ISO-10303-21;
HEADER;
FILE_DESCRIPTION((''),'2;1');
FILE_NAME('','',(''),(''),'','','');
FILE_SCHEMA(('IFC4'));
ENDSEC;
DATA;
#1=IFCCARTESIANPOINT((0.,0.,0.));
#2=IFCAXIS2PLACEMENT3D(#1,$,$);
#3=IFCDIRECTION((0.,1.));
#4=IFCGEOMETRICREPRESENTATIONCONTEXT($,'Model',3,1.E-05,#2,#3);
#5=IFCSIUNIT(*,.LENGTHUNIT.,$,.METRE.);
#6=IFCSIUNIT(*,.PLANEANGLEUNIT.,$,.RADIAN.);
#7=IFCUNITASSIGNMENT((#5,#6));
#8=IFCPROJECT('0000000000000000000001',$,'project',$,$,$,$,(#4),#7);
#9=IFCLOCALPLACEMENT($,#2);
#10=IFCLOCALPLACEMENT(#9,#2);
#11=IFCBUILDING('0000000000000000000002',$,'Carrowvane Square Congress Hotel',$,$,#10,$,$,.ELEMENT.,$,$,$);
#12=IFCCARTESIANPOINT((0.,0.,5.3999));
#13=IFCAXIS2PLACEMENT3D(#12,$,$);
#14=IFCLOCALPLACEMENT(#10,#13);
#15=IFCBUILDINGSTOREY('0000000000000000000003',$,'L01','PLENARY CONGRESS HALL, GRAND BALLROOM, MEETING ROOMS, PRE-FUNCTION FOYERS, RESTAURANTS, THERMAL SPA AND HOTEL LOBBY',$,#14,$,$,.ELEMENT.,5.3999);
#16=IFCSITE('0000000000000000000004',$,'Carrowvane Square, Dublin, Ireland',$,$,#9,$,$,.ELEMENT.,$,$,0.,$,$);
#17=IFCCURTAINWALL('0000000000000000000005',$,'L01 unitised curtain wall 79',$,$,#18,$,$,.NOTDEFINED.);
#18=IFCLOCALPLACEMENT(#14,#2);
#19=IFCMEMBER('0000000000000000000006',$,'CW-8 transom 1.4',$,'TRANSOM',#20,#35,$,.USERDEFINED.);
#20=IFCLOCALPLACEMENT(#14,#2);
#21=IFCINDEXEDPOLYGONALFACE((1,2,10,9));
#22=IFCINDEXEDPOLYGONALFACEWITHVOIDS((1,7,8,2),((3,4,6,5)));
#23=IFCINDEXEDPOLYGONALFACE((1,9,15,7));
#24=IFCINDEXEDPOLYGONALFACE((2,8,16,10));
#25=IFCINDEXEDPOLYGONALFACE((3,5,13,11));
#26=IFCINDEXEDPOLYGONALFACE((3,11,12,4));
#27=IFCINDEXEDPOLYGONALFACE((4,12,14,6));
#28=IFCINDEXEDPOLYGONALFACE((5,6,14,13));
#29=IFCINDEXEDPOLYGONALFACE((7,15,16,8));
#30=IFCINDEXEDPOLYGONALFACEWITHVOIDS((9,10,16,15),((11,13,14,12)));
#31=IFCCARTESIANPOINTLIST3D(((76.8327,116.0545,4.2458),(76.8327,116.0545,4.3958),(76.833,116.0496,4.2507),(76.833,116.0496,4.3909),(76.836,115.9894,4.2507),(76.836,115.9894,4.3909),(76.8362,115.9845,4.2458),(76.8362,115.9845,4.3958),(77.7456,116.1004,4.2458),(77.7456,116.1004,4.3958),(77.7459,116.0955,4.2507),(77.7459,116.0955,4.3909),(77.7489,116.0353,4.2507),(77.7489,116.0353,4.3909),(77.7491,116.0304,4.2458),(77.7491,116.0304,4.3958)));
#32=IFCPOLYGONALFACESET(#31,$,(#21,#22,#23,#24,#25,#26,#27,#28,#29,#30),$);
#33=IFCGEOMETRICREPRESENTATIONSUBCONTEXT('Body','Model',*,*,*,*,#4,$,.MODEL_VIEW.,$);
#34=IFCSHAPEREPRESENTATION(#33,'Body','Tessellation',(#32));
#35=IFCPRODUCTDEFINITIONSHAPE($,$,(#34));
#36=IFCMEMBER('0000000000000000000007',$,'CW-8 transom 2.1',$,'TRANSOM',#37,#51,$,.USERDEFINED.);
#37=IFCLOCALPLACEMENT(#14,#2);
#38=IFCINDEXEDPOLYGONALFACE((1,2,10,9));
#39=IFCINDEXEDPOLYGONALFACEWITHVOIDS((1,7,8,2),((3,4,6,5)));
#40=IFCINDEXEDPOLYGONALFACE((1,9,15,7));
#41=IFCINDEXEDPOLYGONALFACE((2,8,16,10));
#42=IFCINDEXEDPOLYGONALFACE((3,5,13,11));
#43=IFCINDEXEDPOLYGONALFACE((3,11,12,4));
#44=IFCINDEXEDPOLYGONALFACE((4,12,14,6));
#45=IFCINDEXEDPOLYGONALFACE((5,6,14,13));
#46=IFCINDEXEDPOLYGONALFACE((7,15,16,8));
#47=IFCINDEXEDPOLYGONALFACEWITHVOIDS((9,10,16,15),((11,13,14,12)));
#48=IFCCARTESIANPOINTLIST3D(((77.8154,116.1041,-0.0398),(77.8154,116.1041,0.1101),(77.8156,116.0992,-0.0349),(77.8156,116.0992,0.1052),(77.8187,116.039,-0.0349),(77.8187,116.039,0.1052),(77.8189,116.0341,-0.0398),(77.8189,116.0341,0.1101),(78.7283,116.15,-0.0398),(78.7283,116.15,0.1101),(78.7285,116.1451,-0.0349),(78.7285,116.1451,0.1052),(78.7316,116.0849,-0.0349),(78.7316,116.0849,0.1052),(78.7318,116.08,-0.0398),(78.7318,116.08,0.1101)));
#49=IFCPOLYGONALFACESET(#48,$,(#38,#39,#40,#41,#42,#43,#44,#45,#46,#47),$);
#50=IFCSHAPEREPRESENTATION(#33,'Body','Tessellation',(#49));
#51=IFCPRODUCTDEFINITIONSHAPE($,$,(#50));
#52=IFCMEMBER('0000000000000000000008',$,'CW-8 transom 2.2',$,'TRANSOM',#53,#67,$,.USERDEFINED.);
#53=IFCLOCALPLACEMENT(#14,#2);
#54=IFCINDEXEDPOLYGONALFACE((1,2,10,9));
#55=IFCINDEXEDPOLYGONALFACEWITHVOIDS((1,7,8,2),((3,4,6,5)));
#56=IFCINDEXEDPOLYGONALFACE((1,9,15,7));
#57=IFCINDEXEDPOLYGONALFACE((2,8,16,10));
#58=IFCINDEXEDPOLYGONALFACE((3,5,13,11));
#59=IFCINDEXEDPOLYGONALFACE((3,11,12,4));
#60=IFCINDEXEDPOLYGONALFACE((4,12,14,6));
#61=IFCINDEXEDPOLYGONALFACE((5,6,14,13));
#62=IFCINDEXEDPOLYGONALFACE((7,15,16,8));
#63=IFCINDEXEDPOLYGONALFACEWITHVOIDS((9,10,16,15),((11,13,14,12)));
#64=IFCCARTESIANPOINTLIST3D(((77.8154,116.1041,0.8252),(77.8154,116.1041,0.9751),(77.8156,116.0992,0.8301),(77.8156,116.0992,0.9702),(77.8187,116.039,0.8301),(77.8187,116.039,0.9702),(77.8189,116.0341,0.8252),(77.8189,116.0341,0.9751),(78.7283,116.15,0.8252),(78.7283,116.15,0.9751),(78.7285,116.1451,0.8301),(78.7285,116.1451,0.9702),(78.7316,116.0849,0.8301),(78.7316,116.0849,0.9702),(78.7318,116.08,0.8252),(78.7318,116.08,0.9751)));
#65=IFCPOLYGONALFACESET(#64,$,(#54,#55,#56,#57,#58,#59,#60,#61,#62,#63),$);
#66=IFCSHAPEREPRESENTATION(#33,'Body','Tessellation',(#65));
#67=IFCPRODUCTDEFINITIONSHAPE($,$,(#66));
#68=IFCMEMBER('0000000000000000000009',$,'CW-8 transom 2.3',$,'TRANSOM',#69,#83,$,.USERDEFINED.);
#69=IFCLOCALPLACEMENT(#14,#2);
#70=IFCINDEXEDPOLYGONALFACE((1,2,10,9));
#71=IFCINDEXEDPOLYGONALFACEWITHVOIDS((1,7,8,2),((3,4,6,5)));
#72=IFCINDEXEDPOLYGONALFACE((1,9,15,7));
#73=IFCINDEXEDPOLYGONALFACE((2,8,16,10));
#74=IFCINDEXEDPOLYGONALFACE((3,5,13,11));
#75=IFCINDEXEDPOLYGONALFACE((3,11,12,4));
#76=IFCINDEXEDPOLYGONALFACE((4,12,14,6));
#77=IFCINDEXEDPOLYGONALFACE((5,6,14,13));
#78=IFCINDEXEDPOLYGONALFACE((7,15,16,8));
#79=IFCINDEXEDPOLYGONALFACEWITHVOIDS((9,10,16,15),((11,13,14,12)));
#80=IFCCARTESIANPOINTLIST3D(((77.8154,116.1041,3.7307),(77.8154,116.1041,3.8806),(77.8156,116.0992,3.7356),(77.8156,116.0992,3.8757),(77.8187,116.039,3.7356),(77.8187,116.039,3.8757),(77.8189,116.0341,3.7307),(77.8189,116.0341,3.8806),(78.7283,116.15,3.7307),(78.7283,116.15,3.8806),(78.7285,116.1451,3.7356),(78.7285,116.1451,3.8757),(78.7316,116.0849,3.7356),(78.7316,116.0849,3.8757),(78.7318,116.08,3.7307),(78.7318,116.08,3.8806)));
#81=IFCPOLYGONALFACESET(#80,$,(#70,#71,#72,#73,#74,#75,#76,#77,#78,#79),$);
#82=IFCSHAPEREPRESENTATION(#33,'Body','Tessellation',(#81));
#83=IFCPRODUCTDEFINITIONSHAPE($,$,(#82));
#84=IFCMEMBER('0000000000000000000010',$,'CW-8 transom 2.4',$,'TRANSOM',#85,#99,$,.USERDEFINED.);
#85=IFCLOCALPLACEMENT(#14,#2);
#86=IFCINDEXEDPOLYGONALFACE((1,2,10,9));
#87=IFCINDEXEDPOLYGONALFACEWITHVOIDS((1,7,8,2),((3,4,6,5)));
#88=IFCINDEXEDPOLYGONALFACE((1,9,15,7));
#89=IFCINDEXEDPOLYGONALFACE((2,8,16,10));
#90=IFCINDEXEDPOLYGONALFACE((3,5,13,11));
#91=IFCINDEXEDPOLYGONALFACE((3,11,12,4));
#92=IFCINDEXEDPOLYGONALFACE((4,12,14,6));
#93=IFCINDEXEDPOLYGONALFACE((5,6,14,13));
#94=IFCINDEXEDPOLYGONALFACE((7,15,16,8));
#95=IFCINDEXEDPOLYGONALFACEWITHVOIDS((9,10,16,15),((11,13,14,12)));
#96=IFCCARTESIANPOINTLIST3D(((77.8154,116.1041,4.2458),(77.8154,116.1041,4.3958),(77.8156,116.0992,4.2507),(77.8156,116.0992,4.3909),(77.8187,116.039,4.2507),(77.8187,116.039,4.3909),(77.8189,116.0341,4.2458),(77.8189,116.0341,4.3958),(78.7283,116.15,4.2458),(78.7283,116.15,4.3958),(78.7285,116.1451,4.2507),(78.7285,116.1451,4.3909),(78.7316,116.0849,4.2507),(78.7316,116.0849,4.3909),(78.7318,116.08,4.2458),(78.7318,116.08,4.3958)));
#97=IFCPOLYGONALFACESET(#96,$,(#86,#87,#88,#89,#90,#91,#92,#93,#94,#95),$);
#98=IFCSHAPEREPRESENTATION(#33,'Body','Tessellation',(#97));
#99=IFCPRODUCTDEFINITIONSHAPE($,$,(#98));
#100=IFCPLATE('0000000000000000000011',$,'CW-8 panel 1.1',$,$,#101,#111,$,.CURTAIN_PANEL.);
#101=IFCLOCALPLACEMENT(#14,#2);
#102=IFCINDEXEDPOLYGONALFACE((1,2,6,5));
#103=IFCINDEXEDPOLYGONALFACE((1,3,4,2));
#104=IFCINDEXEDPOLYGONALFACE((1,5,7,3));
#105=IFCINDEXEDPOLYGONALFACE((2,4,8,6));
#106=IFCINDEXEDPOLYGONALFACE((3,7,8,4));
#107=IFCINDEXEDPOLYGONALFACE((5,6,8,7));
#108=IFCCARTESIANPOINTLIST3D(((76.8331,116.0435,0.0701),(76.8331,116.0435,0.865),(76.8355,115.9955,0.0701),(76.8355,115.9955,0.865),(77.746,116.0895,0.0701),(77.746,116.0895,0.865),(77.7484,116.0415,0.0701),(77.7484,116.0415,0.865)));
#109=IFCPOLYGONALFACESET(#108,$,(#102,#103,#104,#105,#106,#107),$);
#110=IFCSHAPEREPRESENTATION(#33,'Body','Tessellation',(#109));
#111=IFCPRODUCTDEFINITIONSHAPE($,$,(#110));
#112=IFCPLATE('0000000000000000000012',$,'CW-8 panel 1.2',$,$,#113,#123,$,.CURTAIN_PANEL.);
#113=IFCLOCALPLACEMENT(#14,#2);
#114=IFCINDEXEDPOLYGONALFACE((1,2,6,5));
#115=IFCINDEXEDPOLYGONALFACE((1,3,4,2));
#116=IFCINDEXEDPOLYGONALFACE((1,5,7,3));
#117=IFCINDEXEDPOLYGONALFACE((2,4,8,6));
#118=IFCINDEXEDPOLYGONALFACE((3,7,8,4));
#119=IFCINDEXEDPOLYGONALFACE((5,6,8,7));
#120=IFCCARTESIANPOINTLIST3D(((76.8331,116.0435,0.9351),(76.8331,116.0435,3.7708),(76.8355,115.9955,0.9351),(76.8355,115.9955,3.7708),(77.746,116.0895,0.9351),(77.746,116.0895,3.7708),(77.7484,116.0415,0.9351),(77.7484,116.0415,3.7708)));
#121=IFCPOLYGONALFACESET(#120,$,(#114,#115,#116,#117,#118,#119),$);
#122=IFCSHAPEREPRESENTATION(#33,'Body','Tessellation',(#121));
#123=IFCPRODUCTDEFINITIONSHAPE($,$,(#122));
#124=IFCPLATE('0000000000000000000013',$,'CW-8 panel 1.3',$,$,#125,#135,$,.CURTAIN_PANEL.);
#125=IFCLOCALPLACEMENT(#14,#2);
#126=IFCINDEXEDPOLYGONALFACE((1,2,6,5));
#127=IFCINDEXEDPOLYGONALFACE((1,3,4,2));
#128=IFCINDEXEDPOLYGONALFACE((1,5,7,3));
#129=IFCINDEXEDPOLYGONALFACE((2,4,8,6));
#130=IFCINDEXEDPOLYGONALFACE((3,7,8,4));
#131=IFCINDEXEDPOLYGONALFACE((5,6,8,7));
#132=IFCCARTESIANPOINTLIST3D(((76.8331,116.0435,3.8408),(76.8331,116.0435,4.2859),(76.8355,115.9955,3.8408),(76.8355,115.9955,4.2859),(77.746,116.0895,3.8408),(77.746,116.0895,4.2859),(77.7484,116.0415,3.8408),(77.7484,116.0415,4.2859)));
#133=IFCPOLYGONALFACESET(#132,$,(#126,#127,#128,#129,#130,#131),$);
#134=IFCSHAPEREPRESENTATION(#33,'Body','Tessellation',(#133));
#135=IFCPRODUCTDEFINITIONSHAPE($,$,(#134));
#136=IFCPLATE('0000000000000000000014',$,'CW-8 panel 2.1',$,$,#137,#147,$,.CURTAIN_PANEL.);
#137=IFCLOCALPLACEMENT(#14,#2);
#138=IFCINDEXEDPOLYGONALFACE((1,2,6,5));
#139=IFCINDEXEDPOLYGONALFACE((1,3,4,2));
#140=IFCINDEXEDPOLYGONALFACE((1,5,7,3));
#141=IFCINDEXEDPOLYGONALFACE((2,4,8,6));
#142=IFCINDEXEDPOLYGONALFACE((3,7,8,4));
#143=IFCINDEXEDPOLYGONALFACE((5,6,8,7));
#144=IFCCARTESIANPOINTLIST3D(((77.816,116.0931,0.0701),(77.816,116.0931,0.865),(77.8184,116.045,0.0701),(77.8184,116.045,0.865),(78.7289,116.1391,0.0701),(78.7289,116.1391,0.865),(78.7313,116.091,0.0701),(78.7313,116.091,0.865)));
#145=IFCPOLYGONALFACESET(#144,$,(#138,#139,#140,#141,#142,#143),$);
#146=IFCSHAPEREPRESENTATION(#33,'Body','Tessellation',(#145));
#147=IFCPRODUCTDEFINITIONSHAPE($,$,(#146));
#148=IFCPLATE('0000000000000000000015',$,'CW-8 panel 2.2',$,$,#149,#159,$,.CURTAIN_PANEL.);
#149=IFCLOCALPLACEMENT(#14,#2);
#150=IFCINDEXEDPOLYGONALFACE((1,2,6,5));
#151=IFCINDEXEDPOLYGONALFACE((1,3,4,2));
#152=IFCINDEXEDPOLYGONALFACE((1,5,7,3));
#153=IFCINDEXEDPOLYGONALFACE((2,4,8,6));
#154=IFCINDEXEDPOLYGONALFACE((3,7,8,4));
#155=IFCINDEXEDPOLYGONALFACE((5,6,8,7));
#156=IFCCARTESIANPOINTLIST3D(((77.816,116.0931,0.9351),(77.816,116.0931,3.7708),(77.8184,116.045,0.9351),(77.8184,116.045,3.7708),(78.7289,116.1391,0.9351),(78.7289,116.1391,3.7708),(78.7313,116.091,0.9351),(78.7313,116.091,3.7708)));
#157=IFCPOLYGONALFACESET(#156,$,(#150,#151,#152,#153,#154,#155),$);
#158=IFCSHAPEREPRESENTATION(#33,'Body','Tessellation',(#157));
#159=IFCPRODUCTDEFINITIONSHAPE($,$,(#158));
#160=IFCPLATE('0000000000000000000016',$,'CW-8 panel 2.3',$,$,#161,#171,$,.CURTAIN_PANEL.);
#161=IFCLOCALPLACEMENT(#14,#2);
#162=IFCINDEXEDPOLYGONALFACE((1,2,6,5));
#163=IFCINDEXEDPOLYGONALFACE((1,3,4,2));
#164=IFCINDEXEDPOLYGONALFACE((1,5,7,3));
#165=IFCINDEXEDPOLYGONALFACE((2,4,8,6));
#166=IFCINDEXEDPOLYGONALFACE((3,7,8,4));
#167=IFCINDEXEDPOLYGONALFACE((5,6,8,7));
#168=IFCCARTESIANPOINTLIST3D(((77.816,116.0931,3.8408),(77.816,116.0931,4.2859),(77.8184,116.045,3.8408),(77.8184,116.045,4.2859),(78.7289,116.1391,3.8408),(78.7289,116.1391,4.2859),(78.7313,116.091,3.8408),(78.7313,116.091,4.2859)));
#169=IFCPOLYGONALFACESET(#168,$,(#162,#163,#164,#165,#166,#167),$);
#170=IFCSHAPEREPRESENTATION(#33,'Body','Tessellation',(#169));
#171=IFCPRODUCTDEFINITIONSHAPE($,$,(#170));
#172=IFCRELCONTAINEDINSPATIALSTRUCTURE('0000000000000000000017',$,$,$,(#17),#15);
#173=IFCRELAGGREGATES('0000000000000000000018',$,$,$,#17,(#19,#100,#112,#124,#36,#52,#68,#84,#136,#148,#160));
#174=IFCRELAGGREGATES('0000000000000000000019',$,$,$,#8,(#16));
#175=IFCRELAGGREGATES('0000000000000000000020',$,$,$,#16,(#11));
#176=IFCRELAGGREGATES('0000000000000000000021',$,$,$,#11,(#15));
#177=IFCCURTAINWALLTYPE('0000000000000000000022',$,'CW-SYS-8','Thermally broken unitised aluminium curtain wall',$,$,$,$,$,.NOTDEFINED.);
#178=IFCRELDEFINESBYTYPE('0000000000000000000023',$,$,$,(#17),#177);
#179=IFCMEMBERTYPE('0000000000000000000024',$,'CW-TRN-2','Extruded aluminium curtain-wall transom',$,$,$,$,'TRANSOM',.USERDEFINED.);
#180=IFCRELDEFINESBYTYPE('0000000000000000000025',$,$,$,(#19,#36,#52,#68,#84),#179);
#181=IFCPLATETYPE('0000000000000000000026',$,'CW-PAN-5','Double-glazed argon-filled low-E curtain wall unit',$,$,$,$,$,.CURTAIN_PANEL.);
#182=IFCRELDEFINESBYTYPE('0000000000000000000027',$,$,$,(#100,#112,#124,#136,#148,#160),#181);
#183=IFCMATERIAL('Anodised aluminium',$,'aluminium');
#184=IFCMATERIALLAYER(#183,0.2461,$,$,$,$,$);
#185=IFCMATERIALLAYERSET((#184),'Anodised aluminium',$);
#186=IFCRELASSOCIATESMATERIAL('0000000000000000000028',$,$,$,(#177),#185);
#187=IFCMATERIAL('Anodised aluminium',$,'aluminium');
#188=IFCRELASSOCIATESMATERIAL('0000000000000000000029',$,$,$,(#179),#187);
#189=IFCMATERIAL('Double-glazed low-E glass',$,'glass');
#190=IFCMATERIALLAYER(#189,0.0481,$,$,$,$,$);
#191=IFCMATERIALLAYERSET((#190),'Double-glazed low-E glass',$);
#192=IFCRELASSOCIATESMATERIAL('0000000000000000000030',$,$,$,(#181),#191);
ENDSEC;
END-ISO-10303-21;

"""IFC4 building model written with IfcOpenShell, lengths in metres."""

from ifc_helpers import new_model, si_unit, direction, frame, origin, origin_2d, place, context, subcontext, project, spatial, rectangle, hollow_rectangle, extrude, material, layer, layer_set, material_profile, profile_set, type_object, element, aggregate, save


model = new_model("IFC4")

# Units and contexts
model_context = context("Model", 3, precision=1e-05, world=origin(), true_north=direction((0.0, 1.0)))
body_context = subcontext(model_context, "Body", "Model", "MODEL_VIEW")
ifc_project = project(units=[si_unit("LENGTHUNIT", "METRE"), si_unit("PLANEANGLEUNIT", "RADIAN")], contexts=[model_context])

# Site, building, storey
site_placement = place(None, origin())
site = spatial("IfcSite", under=ifc_project, at=site_placement, Name="Carrowvane Square, Dublin, Ireland", CompositionType="ELEMENT", RefElevation=0.0)
building_placement = place(site_placement, origin())
building = spatial("IfcBuilding", under=site, at=building_placement, Name="Carrowvane Square Congress Hotel", CompositionType="ELEMENT")
storey_placement = place(building_placement, frame((0.0, 0.0, 5.3999)))
storey = spatial("IfcBuildingStorey", under=building, at=storey_placement, Name="L01", Description="PLENARY CONGRESS HALL, GRAND BALLROOM, MEETING ROOMS, PRE-FUNCTION FOYERS, RESTAURANTS, THERMAL SPA AND HOTEL LOBBY", CompositionType="ELEMENT", Elevation=5.3999)

# Curtain wall
ifc_material_1 = material(Name="Anodised aluminium", Category="aluminium")
ifc_layer_1 = layer(ifc_material_1, 0.2461)
ifc_layer_set_1 = layer_set([ifc_layer_1], Name="Anodised aluminium")
curtain_wall_type_1 = type_object("IfcCurtainWallType", Name="CW-SYS-8", Description="Thermally broken unitised aluminium curtain wall", PredefinedType="NOTDEFINED", material=ifc_layer_set_1)
curtain_wall_1_placement = place(storey_placement, origin())
curtain_wall_1 = element("IfcCurtainWall", 1, at=curtain_wall_1_placement, inside=storey, type_object=curtain_wall_type_1, Name="L01 unitised curtain wall 79", PredefinedType="NOTDEFINED")

# Members
ifc_material_2 = material(Name="Anodised aluminium", Category="aluminium")
ifc_material_profile_1 = material_profile(ifc_material_2, hollow_rectangle(XDim=0.0701, YDim=0.1499, WallThickness=0.0049, at=origin_2d()), Name="CW-TR 70x150x5")
ifc_profile_set_1 = profile_set([ifc_material_profile_1], Name="Anodised aluminium")
member_type_1 = type_object("IfcMemberType", Name="CW-TRN-2", Description="Extruded aluminium curtain-wall transom", ElementType="TRANSOM", PredefinedType="USERDEFINED", material=ifc_profile_set_1)
member_1_placement = place(storey_placement, frame((76.8345, 116.0195, 4.3208), z_axis=(0.998738, 0.050217, 0.0), x_axis=(-0.050217, 0.998738, 0.0)))
member_1 = element("IfcMember", 2, at=member_1_placement, type_object=member_type_1, Name="CW-8 transom 1.4", ObjectType="TRANSOM", PredefinedType="USERDEFINED", context=body_context, shape_type="SweptSolid", body=[
    extrude(hollow_rectangle(XDim=0.0701, YDim=0.1499, WallThickness=0.0049, at=origin_2d()), origin(), (0.0, 0.0, 1.0), 0.9141),
])
member_2_placement = place(storey_placement, frame((77.8171, 116.0691, 0.0352), z_axis=(0.998738, 0.050217, 0.0), x_axis=(-0.050217, 0.998738, 0.0)))
member_2 = element("IfcMember", 3, at=member_2_placement, type_object=member_type_1, Name="CW-8 transom 2.1", ObjectType="TRANSOM", PredefinedType="USERDEFINED", context=body_context, shape_type="SweptSolid", body=[
    extrude(hollow_rectangle(XDim=0.0701, YDim=0.1499, WallThickness=0.0049, at=origin_2d()), origin(), (0.0, 0.0, 1.0), 0.9141),
])
member_3_placement = place(storey_placement, frame((77.8171, 116.0691, 0.9001), z_axis=(0.998738, 0.050217, 0.0), x_axis=(-0.050217, 0.998738, 0.0)))
member_3 = element("IfcMember", 4, at=member_3_placement, type_object=member_type_1, Name="CW-8 transom 2.2", ObjectType="TRANSOM", PredefinedType="USERDEFINED", context=body_context, shape_type="SweptSolid", body=[
    extrude(hollow_rectangle(XDim=0.0701, YDim=0.1499, WallThickness=0.0049, at=origin_2d()), origin(), (0.0, 0.0, 1.0), 0.9141),
])
member_4_placement = place(storey_placement, frame((77.8171, 116.0691, 3.8057), z_axis=(0.998738, 0.050217, 0.0), x_axis=(-0.050217, 0.998738, 0.0)))
member_4 = element("IfcMember", 5, at=member_4_placement, type_object=member_type_1, Name="CW-8 transom 2.3", ObjectType="TRANSOM", PredefinedType="USERDEFINED", context=body_context, shape_type="SweptSolid", body=[
    extrude(hollow_rectangle(XDim=0.0701, YDim=0.1499, WallThickness=0.0049, at=origin_2d()), origin(), (0.0, 0.0, 1.0), 0.9141),
])
member_5_placement = place(storey_placement, frame((77.8171, 116.0691, 4.3208), z_axis=(0.998738, 0.050217, 0.0), x_axis=(-0.050217, 0.998738, 0.0)))
member_5 = element("IfcMember", 6, at=member_5_placement, type_object=member_type_1, Name="CW-8 transom 2.4", ObjectType="TRANSOM", PredefinedType="USERDEFINED", context=body_context, shape_type="SweptSolid", body=[
    extrude(hollow_rectangle(XDim=0.0701, YDim=0.1499, WallThickness=0.0049, at=origin_2d()), origin(), (0.0, 0.0, 1.0), 0.9141),
])

# Plates
ifc_material_3 = material(Name="Double-glazed low-E glass", Category="glass")
ifc_layer_2 = layer(ifc_material_3, 0.0481)
ifc_layer_set_2 = layer_set([ifc_layer_2], Name="Double-glazed low-E glass")
plate_type = type_object("IfcPlateType", Name="CW-PAN-5", Description="Double-glazed argon-filled low-E curtain wall unit", PredefinedType="CURTAIN_PANEL", material=ifc_layer_set_2)
plate_1_placement = place(storey_placement, frame((77.2908, 116.0425, 0.0701), z_axis=(0.0, 0.0, 1.0), x_axis=(0.998733, 0.050324, 0.0)))
plate_1 = element("IfcPlate", 7, at=plate_1_placement, type_object=plate_type, Name="CW-8 panel 1.1", PredefinedType="CURTAIN_PANEL", context=body_context, shape_type="SweptSolid", body=[
    extrude(rectangle(XDim=0.9141, YDim=0.0481, at=origin_2d()), origin(), (0.0, 0.0, 1.0), 0.7949),
])
plate_2_placement = place(storey_placement, frame((77.2908, 116.0425, 0.9351), z_axis=(0.0, 0.0, 1.0), x_axis=(0.998733, 0.050324, 0.0)))
plate_2 = element("IfcPlate", 8, at=plate_2_placement, type_object=plate_type, Name="CW-8 panel 1.2", PredefinedType="CURTAIN_PANEL", context=body_context, shape_type="SweptSolid", body=[
    extrude(rectangle(XDim=0.9141, YDim=0.0481, at=origin_2d()), origin(), (0.0, 0.0, 1.0), 2.8357),
])
plate_3_placement = place(storey_placement, frame((77.2908, 116.0425, 3.8408), z_axis=(0.0, 0.0, 1.0), x_axis=(0.998733, 0.050324, 0.0)))
plate_3 = element("IfcPlate", 9, at=plate_3_placement, type_object=plate_type, Name="CW-8 panel 1.3", PredefinedType="CURTAIN_PANEL", context=body_context, shape_type="SweptSolid", body=[
    extrude(rectangle(XDim=0.9141, YDim=0.0481, at=origin_2d()), origin(), (0.0, 0.0, 1.0), 0.4451),
])
plate_4_placement = place(storey_placement, frame((78.2737, 116.092, 0.0701), z_axis=(0.0, 0.0, 1.0), x_axis=(0.998733, 0.050324, 0.0)))
plate_4 = element("IfcPlate", 10, at=plate_4_placement, type_object=plate_type, Name="CW-8 panel 2.1", PredefinedType="CURTAIN_PANEL", context=body_context, shape_type="SweptSolid", body=[
    extrude(rectangle(XDim=0.9141, YDim=0.0481, at=origin_2d()), origin(), (0.0, 0.0, 1.0), 0.7949),
])
plate_5_placement = place(storey_placement, frame((78.2737, 116.092, 0.9351), z_axis=(0.0, 0.0, 1.0), x_axis=(0.998733, 0.050324, 0.0)))
plate_5 = element("IfcPlate", 11, at=plate_5_placement, type_object=plate_type, Name="CW-8 panel 2.2", PredefinedType="CURTAIN_PANEL", context=body_context, shape_type="SweptSolid", body=[
    extrude(rectangle(XDim=0.9141, YDim=0.0481, at=origin_2d()), origin(), (0.0, 0.0, 1.0), 2.8357),
])
plate_6_placement = place(storey_placement, frame((78.2737, 116.092, 3.8408), z_axis=(0.0, 0.0, 1.0), x_axis=(0.998733, 0.050324, 0.0)))
plate_6 = element("IfcPlate", 12, at=plate_6_placement, type_object=plate_type, Name="CW-8 panel 2.3", PredefinedType="CURTAIN_PANEL", context=body_context, shape_type="SweptSolid", body=[
    extrude(rectangle(XDim=0.9141, YDim=0.0481, at=origin_2d()), origin(), (0.0, 0.0, 1.0), 0.4451),
])
aggregate(curtain_wall_1, [member_1, plate_1, plate_2, plate_3, member_2, member_3, member_4, member_5, plate_4, plate_5, plate_6])

save(model, "model.ifc")
